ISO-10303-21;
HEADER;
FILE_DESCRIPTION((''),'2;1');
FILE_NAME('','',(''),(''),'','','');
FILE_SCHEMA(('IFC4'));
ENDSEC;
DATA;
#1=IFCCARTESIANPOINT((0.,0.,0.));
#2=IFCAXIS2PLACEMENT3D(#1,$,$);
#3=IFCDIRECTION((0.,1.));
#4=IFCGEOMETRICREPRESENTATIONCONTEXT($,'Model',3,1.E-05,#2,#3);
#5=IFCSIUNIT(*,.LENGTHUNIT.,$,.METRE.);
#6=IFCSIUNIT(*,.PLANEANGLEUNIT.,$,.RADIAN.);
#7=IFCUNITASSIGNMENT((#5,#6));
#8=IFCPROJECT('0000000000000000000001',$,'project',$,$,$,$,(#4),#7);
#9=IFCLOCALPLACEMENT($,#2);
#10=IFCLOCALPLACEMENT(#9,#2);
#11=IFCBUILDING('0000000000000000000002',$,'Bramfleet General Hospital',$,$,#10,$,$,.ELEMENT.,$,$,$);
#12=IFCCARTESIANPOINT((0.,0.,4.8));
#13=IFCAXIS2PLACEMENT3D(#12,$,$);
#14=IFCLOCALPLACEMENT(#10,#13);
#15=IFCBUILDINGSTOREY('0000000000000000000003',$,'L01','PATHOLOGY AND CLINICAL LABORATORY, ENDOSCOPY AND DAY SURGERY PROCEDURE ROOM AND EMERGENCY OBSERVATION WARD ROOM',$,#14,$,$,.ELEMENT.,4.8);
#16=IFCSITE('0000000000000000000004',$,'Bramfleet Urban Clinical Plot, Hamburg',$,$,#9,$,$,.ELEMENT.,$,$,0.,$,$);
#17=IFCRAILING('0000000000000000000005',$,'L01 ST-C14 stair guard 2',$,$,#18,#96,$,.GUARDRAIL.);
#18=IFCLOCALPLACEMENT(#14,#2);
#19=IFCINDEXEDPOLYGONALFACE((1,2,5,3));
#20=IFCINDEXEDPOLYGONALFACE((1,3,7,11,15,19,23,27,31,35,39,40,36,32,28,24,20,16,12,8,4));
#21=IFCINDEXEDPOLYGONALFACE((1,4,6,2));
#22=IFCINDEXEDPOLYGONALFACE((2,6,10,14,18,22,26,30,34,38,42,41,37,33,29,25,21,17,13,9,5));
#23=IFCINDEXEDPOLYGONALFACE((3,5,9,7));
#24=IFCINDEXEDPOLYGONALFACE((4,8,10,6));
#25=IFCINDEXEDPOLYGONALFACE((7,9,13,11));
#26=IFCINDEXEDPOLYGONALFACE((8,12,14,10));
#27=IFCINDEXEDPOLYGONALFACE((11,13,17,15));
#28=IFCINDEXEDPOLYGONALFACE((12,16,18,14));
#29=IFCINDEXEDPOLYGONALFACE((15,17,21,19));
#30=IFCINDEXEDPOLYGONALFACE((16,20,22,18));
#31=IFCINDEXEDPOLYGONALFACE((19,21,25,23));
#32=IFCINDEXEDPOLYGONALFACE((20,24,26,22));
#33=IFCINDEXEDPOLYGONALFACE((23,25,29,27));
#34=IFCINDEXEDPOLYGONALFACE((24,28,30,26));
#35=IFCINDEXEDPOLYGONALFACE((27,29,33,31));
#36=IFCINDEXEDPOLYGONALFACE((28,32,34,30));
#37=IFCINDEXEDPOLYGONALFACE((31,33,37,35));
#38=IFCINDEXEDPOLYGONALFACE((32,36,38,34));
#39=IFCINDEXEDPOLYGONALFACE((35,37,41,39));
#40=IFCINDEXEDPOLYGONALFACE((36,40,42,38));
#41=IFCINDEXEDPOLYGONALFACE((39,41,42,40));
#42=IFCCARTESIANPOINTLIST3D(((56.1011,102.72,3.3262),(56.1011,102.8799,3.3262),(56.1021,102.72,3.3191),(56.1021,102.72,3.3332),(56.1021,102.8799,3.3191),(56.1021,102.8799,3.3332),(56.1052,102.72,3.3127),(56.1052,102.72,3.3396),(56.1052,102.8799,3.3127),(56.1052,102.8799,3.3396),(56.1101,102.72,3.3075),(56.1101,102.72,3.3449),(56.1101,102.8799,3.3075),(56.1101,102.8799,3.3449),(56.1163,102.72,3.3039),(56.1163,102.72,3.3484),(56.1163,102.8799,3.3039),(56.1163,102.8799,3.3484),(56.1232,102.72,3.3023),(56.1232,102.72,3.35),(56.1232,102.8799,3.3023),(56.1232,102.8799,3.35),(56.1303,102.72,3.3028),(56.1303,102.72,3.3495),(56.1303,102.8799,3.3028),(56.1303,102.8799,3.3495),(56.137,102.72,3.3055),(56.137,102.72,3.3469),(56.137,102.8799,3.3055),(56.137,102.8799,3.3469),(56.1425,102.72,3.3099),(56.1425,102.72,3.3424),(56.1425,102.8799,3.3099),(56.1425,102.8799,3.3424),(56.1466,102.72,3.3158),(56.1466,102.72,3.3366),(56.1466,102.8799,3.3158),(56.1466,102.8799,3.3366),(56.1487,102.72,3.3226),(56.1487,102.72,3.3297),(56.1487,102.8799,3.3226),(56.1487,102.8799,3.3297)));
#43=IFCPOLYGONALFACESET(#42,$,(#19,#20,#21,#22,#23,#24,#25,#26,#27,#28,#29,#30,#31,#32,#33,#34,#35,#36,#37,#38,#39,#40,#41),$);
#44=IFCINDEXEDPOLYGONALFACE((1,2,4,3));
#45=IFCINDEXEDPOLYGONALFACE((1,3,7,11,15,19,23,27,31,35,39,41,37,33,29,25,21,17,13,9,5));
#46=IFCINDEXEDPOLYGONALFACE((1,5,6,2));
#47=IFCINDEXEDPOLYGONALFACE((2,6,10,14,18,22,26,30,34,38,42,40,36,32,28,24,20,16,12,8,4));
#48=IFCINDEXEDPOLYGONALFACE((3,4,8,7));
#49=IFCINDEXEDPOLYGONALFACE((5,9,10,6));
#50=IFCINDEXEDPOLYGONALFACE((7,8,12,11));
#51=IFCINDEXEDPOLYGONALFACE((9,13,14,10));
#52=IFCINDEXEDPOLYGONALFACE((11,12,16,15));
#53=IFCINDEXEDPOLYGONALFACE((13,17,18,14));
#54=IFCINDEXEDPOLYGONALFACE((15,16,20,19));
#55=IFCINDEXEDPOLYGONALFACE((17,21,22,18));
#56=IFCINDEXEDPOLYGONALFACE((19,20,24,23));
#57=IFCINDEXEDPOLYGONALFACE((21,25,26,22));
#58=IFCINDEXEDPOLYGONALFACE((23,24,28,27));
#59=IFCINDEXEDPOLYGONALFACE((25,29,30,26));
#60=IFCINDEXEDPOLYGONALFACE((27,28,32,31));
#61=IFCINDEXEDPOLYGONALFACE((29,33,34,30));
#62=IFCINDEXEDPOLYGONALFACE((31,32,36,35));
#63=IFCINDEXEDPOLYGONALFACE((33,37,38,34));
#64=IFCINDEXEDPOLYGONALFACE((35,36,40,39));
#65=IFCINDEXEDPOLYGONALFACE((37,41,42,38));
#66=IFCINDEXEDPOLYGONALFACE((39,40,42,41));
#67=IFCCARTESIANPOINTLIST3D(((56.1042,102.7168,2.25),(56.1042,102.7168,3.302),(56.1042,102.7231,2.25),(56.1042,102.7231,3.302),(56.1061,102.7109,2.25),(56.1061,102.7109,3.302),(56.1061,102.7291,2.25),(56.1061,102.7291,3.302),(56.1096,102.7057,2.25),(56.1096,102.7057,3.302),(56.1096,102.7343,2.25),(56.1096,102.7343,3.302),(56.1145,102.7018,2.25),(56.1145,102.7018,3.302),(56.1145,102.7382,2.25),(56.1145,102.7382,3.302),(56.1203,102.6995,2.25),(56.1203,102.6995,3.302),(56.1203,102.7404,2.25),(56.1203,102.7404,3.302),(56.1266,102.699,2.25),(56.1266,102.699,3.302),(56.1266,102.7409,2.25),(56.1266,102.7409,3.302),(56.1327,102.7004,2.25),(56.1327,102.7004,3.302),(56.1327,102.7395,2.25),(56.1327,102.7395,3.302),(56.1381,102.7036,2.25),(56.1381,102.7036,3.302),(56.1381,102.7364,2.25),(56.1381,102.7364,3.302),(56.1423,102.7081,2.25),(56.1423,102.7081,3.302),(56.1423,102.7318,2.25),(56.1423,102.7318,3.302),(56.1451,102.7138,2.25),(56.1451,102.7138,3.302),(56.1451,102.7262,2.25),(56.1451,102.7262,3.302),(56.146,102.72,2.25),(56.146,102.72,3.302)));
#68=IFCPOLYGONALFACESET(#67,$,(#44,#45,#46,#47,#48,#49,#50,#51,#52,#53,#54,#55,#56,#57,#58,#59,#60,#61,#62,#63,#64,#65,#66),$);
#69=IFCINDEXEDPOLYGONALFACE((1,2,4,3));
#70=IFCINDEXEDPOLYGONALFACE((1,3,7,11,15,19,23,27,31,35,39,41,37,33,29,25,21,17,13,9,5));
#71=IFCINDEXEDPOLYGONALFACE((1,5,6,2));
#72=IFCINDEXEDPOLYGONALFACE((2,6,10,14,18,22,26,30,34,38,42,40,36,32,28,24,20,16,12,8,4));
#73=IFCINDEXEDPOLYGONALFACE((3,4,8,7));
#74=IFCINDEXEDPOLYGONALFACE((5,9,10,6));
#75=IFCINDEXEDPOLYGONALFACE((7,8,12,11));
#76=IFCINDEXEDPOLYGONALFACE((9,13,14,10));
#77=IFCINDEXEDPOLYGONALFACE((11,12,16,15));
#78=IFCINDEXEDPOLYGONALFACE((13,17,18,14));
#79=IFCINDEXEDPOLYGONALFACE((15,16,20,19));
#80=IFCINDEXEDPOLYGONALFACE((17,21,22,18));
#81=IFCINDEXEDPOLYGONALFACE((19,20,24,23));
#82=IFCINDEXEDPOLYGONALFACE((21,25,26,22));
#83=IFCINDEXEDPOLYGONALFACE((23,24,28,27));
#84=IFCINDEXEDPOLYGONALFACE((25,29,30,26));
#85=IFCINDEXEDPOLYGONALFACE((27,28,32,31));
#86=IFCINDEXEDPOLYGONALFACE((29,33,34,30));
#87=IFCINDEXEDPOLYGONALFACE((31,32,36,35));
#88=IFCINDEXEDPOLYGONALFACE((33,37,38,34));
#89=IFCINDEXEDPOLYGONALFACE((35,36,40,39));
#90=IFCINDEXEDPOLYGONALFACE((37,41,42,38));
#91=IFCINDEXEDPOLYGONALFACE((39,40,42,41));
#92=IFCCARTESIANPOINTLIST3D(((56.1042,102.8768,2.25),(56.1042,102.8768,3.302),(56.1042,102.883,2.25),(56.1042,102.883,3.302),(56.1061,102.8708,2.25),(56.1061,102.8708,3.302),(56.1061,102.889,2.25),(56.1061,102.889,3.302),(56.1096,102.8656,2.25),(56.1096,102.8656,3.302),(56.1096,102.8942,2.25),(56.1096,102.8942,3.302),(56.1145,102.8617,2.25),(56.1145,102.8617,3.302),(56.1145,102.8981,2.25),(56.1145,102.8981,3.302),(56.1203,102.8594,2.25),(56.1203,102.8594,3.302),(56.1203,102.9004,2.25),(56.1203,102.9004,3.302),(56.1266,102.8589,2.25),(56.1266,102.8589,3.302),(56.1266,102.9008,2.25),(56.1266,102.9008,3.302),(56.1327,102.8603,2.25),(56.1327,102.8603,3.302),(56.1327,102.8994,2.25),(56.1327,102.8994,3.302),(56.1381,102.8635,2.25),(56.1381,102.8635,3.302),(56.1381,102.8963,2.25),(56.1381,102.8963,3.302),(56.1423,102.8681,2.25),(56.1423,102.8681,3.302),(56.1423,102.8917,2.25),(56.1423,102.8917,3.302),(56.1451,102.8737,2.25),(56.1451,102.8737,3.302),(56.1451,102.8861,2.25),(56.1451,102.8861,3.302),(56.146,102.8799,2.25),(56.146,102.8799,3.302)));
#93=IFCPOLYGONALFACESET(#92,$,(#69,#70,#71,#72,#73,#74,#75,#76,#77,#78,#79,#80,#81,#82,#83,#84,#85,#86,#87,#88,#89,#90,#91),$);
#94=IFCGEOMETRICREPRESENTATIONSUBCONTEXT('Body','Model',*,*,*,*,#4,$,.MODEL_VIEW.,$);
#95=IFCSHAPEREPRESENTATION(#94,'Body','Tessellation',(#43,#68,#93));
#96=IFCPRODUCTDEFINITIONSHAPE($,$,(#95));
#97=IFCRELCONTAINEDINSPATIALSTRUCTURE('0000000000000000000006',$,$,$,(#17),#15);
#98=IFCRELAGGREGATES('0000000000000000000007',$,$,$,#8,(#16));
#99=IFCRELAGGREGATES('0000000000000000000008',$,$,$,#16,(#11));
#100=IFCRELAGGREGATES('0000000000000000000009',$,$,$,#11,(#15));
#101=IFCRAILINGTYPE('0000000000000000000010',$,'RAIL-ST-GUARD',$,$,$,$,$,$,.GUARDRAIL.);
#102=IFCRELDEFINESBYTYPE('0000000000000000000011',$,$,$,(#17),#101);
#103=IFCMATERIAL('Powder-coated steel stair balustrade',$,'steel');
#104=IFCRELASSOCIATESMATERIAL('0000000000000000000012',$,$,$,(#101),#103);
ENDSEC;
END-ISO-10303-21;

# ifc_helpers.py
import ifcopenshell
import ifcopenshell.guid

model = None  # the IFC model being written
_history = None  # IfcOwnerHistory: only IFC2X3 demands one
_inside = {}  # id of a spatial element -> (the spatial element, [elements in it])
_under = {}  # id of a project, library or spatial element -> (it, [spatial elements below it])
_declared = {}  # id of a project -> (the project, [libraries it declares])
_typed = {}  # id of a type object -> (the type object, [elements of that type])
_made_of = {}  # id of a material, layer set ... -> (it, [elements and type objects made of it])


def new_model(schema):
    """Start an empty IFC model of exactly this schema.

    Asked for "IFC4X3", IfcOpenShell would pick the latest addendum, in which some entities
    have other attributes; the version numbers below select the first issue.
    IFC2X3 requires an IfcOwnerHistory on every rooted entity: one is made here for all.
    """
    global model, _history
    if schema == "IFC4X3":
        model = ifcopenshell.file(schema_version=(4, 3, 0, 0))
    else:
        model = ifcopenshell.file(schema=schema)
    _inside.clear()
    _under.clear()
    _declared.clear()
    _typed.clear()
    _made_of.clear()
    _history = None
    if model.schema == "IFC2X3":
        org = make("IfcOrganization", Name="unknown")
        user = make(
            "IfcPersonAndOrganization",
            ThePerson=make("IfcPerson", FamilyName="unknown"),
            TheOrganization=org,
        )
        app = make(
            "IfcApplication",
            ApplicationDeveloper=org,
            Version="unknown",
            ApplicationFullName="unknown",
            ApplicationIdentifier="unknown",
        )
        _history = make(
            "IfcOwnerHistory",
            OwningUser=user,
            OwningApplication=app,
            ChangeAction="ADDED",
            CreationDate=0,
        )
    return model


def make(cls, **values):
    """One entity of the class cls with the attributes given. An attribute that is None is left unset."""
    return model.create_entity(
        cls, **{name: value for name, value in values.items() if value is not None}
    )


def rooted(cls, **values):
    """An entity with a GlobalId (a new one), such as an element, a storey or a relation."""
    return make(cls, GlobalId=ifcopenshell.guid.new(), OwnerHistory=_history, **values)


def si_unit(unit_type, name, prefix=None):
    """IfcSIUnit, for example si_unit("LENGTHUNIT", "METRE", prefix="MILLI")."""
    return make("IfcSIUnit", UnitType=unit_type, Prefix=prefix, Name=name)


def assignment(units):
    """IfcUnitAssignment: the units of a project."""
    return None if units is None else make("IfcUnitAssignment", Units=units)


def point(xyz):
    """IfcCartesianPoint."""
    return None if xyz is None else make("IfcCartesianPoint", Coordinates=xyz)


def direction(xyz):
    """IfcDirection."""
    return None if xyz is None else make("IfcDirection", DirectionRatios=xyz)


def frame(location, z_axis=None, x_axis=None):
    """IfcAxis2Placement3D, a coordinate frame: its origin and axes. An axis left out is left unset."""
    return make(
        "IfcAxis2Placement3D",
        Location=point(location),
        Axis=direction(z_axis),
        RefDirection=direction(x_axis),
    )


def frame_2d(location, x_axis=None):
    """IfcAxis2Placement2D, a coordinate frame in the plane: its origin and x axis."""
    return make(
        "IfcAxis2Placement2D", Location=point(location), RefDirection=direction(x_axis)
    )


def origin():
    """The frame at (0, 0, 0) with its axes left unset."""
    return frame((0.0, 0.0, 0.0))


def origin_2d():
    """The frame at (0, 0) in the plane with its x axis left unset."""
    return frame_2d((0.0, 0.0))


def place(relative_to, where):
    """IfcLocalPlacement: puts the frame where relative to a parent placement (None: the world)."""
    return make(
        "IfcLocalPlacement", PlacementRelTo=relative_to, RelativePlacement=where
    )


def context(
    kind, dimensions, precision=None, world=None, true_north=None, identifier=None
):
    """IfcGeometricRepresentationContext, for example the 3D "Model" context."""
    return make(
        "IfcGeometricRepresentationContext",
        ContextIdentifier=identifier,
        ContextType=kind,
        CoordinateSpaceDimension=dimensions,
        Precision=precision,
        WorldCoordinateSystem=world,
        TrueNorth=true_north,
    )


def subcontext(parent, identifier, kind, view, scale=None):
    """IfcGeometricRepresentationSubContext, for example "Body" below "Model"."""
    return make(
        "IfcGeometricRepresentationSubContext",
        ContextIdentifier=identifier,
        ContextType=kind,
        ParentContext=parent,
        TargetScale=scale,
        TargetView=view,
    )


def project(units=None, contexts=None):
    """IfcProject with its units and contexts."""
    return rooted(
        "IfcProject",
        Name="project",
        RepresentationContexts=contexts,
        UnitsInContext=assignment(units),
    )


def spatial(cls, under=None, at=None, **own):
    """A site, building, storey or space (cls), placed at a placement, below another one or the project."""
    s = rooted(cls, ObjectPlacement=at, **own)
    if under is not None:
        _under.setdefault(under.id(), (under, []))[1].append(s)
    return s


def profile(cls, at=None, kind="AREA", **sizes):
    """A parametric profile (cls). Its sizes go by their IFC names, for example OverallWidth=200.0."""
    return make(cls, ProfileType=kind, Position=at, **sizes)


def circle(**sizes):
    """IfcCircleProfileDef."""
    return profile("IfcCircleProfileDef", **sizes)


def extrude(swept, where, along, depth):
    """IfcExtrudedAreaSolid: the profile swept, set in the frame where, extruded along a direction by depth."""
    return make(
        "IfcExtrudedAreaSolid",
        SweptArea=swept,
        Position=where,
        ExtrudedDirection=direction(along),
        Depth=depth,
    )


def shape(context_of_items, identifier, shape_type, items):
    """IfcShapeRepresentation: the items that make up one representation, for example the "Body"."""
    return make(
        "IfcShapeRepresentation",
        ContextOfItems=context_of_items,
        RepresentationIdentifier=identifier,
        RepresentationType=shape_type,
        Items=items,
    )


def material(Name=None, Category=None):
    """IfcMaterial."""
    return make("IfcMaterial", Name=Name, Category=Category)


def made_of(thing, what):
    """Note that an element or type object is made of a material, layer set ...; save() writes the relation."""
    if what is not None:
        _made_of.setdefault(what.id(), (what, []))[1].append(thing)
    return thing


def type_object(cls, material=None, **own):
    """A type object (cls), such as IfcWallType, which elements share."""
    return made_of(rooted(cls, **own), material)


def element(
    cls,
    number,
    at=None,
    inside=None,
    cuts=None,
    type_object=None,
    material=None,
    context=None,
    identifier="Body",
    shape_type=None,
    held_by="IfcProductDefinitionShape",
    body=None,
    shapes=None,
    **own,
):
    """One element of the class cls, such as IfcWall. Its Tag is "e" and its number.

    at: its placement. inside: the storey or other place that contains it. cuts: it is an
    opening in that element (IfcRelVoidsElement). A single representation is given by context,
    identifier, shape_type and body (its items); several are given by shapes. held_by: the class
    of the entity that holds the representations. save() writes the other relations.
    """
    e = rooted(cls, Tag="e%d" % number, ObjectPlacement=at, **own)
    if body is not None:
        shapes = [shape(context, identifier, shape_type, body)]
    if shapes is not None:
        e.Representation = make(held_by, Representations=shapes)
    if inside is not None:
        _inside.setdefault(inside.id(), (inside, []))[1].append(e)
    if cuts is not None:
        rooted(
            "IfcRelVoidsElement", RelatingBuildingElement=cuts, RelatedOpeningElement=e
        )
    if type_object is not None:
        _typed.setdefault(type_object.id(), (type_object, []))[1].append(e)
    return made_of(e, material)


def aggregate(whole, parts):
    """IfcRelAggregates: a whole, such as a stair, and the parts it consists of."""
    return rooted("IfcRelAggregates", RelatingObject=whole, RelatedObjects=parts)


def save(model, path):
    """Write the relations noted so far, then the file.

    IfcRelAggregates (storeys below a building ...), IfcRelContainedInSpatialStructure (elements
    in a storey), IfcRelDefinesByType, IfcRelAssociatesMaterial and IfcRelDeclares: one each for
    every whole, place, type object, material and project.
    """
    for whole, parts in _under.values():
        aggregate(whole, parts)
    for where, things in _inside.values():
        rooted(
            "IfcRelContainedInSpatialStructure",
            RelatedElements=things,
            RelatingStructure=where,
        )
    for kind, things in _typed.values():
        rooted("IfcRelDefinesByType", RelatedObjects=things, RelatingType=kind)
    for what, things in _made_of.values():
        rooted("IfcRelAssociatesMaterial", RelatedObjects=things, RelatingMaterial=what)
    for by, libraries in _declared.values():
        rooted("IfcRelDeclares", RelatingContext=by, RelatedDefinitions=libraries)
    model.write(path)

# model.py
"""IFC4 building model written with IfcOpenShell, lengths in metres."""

from ifc_helpers import new_model, si_unit, direction, frame, origin, origin_2d, place, context, subcontext, project, spatial, circle, extrude, material, type_object, element, save


model = new_model("IFC4")

# Units and contexts
model_context = context("Model", 3, precision=1e-05, world=origin(), true_north=direction((0.0, 1.0)))
body_context = subcontext(model_context, "Body", "Model", "MODEL_VIEW")
ifc_project = project(units=[si_unit("LENGTHUNIT", "METRE"), si_unit("PLANEANGLEUNIT", "RADIAN")], contexts=[model_context])

# Site, building, storey
site_placement = place(None, origin())
site = spatial("IfcSite", under=ifc_project, at=site_placement, Name="Bramfleet Urban Clinical Plot, Hamburg", CompositionType="ELEMENT", RefElevation=0.0)
building_placement = place(site_placement, origin())
building = spatial("IfcBuilding", under=site, at=building_placement, Name="Bramfleet General Hospital", CompositionType="ELEMENT")
storey_placement = place(building_placement, frame((0.0, 0.0, 4.8)))
storey = spatial("IfcBuildingStorey", under=building, at=storey_placement, Name="L01", Description="PATHOLOGY AND CLINICAL LABORATORY, ENDOSCOPY AND DAY SURGERY PROCEDURE ROOM AND EMERGENCY OBSERVATION WARD ROOM", CompositionType="ELEMENT", Elevation=4.8)

# Railing
ifc_material_1 = material(Name="Powder-coated steel stair balustrade", Category="steel")
railing_type_1 = type_object("IfcRailingType", Name="RAIL-ST-GUARD", PredefinedType="GUARDRAIL", material=ifc_material_1)
railing_1_placement = place(storey_placement, frame((56.125, 102.72, 2.25)))
element("IfcRailing", 1, at=railing_1_placement, inside=storey, type_object=railing_type_1, Name="L01 ST-C14 stair guard 2", PredefinedType="GUARDRAIL", context=body_context, shape_type="SweptSolid", body=[
    extrude(circle(Radius=0.0239, at=origin_2d()), frame((0.0, 0.0, 1.0762), z_axis=(0.0, 1.0, 0.0), x_axis=(-1.0, 0.0, 0.0)), (0.0, 0.0, 1.0), 0.1599),
    extrude(circle(Radius=0.021, at=origin_2d()), origin(), (0.0, 0.0, 1.0), 1.052),
    extrude(circle(Radius=0.021, at=origin_2d()), frame((0.0, 0.1599, 0.0)), (0.0, 0.0, 1.0), 1.052),
])

save(model, "model.ifc")
